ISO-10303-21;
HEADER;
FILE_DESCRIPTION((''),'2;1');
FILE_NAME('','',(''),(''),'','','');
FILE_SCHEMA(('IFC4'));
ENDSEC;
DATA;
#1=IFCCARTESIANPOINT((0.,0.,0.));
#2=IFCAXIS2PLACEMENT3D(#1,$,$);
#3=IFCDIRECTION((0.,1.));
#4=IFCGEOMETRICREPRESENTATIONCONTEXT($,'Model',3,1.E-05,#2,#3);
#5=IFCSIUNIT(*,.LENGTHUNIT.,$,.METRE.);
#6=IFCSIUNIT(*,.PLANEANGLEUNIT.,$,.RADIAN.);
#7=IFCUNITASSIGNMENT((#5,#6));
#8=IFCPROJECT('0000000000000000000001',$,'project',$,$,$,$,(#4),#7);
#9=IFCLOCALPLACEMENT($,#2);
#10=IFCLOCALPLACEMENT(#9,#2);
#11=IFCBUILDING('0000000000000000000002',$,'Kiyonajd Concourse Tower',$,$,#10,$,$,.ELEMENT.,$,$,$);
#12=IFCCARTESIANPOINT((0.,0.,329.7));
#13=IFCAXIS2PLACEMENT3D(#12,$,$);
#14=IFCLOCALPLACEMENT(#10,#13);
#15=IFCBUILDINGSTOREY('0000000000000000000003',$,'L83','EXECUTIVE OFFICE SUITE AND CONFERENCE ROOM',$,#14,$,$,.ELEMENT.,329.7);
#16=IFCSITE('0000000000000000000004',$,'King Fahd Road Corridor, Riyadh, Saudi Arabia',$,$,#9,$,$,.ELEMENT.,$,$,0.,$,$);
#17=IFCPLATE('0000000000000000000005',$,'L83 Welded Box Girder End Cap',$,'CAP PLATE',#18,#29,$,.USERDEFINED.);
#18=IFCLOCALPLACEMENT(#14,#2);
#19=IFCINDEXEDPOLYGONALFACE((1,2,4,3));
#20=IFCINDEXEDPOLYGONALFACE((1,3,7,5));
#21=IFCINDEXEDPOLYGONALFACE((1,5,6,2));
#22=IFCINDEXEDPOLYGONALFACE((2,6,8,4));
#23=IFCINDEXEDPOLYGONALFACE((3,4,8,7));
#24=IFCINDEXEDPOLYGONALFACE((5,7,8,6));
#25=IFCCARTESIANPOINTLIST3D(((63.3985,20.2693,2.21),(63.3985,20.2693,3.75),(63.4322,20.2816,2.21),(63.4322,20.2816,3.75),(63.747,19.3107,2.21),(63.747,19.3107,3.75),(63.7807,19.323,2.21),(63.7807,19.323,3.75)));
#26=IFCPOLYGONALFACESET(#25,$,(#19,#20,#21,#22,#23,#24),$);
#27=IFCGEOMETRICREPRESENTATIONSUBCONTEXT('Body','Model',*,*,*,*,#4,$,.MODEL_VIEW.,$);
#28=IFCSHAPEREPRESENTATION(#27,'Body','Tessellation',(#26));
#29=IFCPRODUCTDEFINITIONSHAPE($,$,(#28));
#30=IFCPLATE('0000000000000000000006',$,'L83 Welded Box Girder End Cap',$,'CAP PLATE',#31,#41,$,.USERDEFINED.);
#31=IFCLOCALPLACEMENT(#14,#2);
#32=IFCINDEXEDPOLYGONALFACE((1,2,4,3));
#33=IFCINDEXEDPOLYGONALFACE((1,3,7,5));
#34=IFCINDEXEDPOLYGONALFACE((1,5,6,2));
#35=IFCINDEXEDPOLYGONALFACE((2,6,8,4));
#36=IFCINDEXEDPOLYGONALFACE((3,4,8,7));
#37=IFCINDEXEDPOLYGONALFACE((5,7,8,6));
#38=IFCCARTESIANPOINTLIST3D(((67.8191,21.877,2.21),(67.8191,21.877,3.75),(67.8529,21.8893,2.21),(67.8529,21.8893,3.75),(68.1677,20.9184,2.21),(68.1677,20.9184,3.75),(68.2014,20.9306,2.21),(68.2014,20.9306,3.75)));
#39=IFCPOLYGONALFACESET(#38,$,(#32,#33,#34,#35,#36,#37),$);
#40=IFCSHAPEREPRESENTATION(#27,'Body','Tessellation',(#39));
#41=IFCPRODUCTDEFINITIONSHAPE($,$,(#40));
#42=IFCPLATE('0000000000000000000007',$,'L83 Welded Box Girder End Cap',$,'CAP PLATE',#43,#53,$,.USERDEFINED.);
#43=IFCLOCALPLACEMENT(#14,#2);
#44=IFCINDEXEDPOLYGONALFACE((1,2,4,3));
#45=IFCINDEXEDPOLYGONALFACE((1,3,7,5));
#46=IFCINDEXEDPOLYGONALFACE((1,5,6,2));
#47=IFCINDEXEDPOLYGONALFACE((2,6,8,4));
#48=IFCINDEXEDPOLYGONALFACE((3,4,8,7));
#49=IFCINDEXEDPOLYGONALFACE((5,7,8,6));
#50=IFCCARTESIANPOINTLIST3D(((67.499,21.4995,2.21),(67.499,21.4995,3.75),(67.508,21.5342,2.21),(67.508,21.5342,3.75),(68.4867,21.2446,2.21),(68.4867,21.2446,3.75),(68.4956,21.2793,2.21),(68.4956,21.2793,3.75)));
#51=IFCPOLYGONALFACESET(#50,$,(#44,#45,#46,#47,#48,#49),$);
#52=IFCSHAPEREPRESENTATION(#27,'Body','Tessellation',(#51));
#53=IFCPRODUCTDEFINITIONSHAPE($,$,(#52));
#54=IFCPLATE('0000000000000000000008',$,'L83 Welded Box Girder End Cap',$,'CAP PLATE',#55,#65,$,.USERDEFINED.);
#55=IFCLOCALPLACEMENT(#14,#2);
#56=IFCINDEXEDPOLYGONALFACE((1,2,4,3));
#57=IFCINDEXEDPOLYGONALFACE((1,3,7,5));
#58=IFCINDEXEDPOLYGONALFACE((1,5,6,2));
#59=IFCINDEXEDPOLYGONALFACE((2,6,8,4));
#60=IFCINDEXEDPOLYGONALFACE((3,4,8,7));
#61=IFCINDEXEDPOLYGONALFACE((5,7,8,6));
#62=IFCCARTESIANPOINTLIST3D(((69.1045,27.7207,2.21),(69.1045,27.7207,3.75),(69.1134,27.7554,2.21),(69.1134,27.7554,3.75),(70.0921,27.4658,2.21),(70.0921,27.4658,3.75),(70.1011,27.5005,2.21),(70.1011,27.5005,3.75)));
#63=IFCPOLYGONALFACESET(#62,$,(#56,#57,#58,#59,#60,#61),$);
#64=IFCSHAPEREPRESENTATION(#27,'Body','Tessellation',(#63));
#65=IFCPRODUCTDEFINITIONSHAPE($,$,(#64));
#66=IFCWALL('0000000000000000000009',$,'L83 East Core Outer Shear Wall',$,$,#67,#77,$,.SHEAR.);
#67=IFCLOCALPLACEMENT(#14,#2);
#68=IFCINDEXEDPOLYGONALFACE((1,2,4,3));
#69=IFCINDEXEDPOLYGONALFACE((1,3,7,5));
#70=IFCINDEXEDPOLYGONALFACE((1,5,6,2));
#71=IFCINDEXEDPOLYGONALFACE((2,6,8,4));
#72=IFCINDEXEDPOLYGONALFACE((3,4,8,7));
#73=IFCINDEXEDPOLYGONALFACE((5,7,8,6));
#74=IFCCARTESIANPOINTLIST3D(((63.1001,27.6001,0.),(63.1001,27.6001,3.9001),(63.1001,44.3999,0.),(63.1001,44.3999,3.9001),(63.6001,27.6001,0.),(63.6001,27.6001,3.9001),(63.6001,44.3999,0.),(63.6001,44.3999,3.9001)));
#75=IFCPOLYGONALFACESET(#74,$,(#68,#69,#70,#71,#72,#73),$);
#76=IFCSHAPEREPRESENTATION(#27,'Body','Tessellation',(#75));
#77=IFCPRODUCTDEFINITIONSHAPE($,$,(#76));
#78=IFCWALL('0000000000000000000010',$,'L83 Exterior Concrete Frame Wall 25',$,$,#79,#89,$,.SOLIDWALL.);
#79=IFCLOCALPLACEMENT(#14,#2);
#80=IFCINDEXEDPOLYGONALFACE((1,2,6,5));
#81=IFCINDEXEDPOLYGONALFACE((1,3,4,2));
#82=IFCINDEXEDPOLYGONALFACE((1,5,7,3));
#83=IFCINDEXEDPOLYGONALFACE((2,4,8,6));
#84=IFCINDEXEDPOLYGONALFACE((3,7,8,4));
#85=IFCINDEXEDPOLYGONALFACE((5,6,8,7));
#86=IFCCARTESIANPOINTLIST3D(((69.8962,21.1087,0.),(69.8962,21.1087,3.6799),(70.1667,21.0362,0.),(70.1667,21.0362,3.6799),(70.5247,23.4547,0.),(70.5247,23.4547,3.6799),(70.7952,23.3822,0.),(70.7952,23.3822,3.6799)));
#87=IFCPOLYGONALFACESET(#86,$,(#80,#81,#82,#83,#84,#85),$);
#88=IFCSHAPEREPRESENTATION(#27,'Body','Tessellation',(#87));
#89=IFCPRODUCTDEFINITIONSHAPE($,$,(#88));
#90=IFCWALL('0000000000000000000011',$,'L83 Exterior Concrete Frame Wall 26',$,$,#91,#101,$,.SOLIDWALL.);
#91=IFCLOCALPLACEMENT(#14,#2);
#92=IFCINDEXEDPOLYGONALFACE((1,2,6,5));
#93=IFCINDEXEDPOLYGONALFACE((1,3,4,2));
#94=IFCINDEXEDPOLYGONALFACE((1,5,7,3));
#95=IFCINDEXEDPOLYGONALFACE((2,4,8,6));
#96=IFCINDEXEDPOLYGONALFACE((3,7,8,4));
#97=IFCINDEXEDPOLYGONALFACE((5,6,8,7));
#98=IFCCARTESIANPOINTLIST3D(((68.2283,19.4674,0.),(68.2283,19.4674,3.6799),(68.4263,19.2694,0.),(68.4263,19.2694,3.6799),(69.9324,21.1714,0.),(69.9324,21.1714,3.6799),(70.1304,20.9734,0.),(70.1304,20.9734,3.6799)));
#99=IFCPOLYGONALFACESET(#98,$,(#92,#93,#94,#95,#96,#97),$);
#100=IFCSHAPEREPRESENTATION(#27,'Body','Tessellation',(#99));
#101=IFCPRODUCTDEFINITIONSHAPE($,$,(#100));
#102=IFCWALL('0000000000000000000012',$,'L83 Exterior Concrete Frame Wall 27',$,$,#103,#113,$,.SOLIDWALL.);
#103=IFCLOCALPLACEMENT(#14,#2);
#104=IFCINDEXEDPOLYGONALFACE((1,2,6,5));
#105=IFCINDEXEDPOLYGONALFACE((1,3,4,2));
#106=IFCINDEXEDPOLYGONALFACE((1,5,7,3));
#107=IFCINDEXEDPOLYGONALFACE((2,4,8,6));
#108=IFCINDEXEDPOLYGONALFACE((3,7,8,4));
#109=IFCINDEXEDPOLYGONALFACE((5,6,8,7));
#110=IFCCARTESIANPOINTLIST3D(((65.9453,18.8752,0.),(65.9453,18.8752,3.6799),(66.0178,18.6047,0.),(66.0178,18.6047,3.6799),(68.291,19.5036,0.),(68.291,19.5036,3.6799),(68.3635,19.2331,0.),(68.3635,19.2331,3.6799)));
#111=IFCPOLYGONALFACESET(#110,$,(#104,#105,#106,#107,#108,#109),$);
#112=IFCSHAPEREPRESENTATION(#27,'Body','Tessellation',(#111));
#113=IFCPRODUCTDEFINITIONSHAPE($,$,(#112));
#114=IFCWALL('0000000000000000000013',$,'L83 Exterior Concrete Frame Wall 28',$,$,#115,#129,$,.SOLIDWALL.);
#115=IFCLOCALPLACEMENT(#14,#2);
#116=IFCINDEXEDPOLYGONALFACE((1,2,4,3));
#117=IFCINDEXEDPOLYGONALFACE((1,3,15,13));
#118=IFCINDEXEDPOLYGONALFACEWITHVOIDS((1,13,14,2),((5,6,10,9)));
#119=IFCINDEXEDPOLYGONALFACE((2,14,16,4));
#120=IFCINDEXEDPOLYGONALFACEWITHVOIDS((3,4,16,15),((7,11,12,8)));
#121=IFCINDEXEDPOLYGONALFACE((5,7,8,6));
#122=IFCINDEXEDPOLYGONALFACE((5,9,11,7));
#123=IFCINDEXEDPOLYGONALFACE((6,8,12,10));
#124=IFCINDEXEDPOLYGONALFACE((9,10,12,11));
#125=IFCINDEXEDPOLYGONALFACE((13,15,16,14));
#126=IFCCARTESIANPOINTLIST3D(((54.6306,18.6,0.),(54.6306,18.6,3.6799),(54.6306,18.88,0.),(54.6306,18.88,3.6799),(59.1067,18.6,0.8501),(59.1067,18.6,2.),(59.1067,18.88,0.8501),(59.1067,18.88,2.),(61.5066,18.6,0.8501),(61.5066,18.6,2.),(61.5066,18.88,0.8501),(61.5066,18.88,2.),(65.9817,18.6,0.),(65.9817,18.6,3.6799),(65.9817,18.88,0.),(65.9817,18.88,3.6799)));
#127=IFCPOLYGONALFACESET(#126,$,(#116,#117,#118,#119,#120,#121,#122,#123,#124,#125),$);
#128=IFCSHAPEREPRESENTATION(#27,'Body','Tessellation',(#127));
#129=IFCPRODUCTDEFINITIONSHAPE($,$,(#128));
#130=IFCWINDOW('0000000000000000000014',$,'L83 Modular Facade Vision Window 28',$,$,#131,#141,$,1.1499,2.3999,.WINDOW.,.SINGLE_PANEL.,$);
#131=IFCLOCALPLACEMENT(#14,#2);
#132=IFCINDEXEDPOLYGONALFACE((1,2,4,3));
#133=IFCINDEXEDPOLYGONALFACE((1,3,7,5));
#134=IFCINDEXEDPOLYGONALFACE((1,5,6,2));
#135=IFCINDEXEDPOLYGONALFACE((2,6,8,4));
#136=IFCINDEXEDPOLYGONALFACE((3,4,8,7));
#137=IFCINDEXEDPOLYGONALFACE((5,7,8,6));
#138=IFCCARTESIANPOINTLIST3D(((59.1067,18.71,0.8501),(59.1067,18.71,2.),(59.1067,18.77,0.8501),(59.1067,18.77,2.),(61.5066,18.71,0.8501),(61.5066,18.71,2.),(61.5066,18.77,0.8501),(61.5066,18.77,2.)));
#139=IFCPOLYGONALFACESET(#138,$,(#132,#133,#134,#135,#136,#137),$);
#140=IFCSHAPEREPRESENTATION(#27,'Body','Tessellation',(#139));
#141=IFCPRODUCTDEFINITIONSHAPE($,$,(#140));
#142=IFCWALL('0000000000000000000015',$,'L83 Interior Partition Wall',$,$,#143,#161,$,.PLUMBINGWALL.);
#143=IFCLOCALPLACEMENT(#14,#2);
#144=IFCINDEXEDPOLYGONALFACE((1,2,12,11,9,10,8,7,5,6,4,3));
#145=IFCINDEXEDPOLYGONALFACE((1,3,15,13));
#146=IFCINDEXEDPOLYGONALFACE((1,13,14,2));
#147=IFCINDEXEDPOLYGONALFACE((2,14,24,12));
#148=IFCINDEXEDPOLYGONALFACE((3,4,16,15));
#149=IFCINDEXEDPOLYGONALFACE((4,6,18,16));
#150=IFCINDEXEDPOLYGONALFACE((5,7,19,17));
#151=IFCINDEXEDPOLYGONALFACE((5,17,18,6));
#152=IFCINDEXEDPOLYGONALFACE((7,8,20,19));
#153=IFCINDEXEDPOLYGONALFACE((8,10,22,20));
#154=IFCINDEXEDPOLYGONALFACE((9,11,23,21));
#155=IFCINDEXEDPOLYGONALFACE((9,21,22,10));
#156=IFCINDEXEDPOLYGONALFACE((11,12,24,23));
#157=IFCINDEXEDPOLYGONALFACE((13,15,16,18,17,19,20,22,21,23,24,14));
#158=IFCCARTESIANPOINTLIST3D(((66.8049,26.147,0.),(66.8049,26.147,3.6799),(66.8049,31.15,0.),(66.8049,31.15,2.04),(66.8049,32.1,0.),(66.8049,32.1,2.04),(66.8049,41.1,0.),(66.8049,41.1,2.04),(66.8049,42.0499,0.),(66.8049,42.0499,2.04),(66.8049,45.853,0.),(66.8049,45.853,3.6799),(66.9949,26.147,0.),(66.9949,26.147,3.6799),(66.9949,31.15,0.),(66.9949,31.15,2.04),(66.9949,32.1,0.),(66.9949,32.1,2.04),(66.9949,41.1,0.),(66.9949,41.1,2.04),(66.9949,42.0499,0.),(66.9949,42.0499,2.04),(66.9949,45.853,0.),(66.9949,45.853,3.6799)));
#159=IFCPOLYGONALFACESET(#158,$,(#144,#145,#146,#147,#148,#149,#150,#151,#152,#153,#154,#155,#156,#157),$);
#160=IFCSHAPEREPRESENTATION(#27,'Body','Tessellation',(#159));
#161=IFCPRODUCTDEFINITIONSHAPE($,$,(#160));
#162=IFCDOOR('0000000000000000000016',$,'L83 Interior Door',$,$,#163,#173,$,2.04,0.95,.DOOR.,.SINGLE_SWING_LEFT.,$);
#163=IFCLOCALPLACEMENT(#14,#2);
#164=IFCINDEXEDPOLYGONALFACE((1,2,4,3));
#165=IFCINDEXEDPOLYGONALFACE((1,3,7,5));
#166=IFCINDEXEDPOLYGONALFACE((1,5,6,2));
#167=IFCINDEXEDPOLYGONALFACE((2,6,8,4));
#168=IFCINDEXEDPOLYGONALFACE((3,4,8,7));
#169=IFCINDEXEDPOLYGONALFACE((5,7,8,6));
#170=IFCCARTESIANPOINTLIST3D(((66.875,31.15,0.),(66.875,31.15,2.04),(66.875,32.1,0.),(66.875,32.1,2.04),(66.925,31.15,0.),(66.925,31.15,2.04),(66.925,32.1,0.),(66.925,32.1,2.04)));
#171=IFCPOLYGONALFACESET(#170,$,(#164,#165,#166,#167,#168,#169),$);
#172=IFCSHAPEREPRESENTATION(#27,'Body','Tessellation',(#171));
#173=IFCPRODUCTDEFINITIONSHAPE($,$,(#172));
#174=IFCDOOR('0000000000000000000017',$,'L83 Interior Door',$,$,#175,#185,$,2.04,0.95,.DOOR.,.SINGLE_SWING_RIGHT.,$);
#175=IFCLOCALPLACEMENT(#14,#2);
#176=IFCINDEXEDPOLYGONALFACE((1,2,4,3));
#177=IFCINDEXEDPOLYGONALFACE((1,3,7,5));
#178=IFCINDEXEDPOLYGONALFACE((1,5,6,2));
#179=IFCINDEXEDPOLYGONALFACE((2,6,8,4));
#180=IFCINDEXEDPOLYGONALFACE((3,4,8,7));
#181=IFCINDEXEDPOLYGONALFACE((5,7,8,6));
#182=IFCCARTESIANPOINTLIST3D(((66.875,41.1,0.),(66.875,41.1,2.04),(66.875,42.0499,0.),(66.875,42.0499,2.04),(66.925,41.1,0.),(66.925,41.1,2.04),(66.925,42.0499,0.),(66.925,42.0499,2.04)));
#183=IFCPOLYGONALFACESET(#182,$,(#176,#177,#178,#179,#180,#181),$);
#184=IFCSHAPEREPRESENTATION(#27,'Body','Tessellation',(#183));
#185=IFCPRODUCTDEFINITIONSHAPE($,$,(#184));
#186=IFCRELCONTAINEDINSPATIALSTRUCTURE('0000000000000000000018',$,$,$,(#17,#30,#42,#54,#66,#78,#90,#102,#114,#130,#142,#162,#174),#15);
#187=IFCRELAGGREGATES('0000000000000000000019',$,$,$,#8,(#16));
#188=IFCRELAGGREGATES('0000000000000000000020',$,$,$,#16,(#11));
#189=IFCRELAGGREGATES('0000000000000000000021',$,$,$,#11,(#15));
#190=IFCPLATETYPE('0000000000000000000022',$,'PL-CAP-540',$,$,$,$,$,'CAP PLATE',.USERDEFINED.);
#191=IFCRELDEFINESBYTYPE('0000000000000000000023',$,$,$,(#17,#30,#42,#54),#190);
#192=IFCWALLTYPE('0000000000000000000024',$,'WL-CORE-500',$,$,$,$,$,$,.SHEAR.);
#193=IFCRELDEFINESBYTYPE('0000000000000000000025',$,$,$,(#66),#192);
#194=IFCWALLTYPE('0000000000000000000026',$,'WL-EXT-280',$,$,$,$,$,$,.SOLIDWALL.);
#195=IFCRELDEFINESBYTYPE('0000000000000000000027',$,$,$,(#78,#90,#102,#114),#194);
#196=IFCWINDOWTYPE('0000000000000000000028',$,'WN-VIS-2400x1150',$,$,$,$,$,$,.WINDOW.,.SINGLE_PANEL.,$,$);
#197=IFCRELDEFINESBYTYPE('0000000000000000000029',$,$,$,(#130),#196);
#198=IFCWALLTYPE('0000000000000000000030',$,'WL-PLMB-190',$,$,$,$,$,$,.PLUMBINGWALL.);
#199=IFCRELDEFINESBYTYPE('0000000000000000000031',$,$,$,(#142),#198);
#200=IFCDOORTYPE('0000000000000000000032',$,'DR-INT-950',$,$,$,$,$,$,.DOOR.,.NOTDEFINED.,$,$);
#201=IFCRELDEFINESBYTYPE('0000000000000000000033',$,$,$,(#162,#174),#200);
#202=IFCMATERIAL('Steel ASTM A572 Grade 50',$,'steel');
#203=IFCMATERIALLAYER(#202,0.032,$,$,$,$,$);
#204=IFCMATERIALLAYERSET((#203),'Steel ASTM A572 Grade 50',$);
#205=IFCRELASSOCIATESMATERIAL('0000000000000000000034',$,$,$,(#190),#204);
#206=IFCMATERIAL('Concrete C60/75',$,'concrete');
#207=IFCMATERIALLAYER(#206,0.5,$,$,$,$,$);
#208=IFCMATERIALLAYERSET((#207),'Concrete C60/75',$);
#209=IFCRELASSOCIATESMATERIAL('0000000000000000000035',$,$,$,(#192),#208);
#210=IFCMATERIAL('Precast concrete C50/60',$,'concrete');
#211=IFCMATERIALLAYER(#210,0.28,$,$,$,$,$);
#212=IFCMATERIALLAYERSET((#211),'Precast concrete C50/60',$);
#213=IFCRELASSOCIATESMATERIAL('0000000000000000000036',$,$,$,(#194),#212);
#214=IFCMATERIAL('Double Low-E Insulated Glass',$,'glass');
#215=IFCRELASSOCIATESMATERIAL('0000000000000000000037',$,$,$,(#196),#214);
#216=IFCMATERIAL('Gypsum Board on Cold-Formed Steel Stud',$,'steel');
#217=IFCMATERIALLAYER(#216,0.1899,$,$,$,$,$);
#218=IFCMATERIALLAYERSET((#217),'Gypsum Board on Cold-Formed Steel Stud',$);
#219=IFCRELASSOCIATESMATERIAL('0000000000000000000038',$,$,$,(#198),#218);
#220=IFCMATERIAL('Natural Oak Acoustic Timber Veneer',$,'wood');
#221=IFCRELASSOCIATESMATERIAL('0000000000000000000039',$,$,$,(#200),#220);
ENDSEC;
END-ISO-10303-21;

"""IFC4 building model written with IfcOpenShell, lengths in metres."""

from ifc_helpers import new_model, si_unit, direction, frame, frame_2d, origin, origin_2d, place, context, subcontext, project, spatial, rectangle, extrude, material, layer, layer_set, type_object, element, fill, save


model = new_model("IFC4")

# Units and contexts
model_context = context("Model", 3, precision=1e-05, world=origin(), true_north=direction((0.0, 1.0)))
body_context = subcontext(model_context, "Body", "Model", "MODEL_VIEW")
ifc_project = project(units=[si_unit("LENGTHUNIT", "METRE"), si_unit("PLANEANGLEUNIT", "RADIAN")], contexts=[model_context])

# Site, building, storey
site_placement = place(None, origin())
site = spatial("IfcSite", under=ifc_project, at=site_placement, Name="King Fahd Road Corridor, Riyadh, Saudi Arabia", CompositionType="ELEMENT", RefElevation=0.0)
building_placement = place(site_placement, origin())
building = spatial("IfcBuilding", under=site, at=building_placement, Name="Kiyonajd Concourse Tower", CompositionType="ELEMENT")
storey_placement = place(building_placement, frame((0.0, 0.0, 329.7)))
storey = spatial("IfcBuildingStorey", under=building, at=storey_placement, Name="L83", Description="EXECUTIVE OFFICE SUITE AND CONFERENCE ROOM", CompositionType="ELEMENT", Elevation=329.7)

# Shared definitions
ifc_material_1 = material(Name="Concrete C60/75", Category="concrete")

# Shared definitions
ifc_material_2 = material(Name="Steel ASTM A572 Grade 50", Category="steel")

# Plates
ifc_layer_1 = layer(ifc_material_2, 0.032)
ifc_layer_set_1 = layer_set([ifc_layer_1], Name="Steel ASTM A572 Grade 50")
plate_type = type_object("IfcPlateType", Name="PL-CAP-540", ElementType="CAP PLATE", PredefinedType="USERDEFINED", material=ifc_layer_set_1)
for number, where, z_axis, x_axis, name in (
    (1, (63.5896, 19.7961, 2.21), (0.0, 0.0, 1.0), (-0.939812, -0.341692, 0.0), "L83 Welded Box Girder End Cap"),
    (2, (68.0103, 21.4038, 2.21), (0.0, 0.0, 1.0), (0.939812, 0.341692, 0.0), "L83 Welded Box Girder End Cap"),
    (3, (67.9973, 21.3894, 2.21), (0.0, 0.0, 1.0), (-0.249873, -0.968279, 0.0), "L83 Welded Box Girder End Cap"),
    (4, (69.6028, 27.6106, 2.21), (0.0, 0.0, 1.0), (0.249873, 0.968279, 0.0), "L83 Welded Box Girder End Cap"),
):
    element("IfcPlate", number, at=place(storey_placement, frame(where, z_axis=z_axis, x_axis=x_axis)), inside=storey, type_object=plate_type, Name=name, ObjectType="CAP PLATE", PredefinedType="USERDEFINED", context=body_context, shape_type="SweptSolid", body=[
        extrude(rectangle(XDim=0.0359, YDim=1.02, at=origin_2d()), origin(), (0.0, 0.0, 1.0), 1.54),
    ])

# Walls
ifc_layer_2 = layer(ifc_material_1, 0.5)
ifc_layer_set_2 = layer_set([ifc_layer_2], Name="Concrete C60/75")
wall_type_1 = type_object("IfcWallType", Name="WL-CORE-500", PredefinedType="SHEAR", material=ifc_layer_set_2)
wall_1_placement = place(storey_placement, frame((63.3501, 27.6001, 0.0), z_axis=(0.0, 0.0, 1.0), x_axis=(0.0, 1.0, 0.0)))
element("IfcWall", 5, at=wall_1_placement, inside=storey, type_object=wall_type_1, Name="L83 East Core Outer Shear Wall", PredefinedType="SHEAR", context=body_context, shape_type="SweptSolid", body=[
    extrude(rectangle(XDim=16.7998, YDim=0.5, at=frame_2d((8.3999, 0.0))), origin(), (0.0, 0.0, 1.0), 3.9001),
])
ifc_material_3 = material(Name="Precast concrete C50/60", Category="concrete")
ifc_layer_3 = layer(ifc_material_3, 0.28)
ifc_layer_set_3 = layer_set([ifc_layer_3], Name="Precast concrete C50/60")
wall_type_2 = type_object("IfcWallType", Name="WL-EXT-280", PredefinedType="SOLIDWALL", material=ifc_layer_set_3)
wall_2_placement = place(storey_placement, frame((70.6599, 23.4185, 0.0), z_axis=(0.0, 0.0, 1.0), x_axis=(-0.258751, -0.965944, 0.0)))
element("IfcWall", 6, at=wall_2_placement, inside=storey, type_object=wall_type_2, Name="L83 Exterior Concrete Frame Wall 25", PredefinedType="SOLIDWALL", context=body_context, shape_type="SweptSolid", body=[
    extrude(rectangle(XDim=2.4287, YDim=0.28, at=frame_2d((1.2144, 0.0))), origin(), (0.0, 0.0, 1.0), 3.6799),
])
wall_3_placement = place(storey_placement, frame((70.0315, 21.0725, 0.0), z_axis=(0.0, 0.0, 1.0), x_axis=(-0.707107, -0.707107, 0.0)))
element("IfcWall", 7, at=wall_3_placement, inside=storey, type_object=wall_type_2, Name="L83 Exterior Concrete Frame Wall 26", PredefinedType="SOLIDWALL", context=body_context, shape_type="SweptSolid", body=[
    extrude(rectangle(XDim=2.4099, YDim=0.28, at=frame_2d((1.2051, 0.0))), origin(), (0.0, 0.0, 1.0), 3.6799),
])
wall_4_placement = place(storey_placement, frame((68.3274, 19.3684, 0.0), z_axis=(0.0, 0.0, 1.0), x_axis=(-0.965937, -0.258776, 0.0)))
element("IfcWall", 8, at=wall_4_placement, inside=storey, type_object=wall_type_2, Name="L83 Exterior Concrete Frame Wall 27", PredefinedType="SOLIDWALL", context=body_context, shape_type="SweptSolid", body=[
    extrude(rectangle(XDim=2.4285, YDim=0.28, at=frame_2d((1.2144, 0.0))), origin(), (0.0, 0.0, 1.0), 3.6799),
])

# Wall, opening, window
wall_5_placement = place(storey_placement, frame((65.9817, 18.74, 0.0), z_axis=(0.0, 0.0, 1.0), x_axis=(-1.0, 0.0, 0.0)))
wall_5 = element("IfcWall", 9, at=wall_5_placement, inside=storey, type_object=wall_type_2, Name="L83 Exterior Concrete Frame Wall 28", PredefinedType="SOLIDWALL", context=body_context, shape_type="SweptSolid", body=[
    extrude(rectangle(XDim=11.3511, YDim=0.28, at=frame_2d((5.6755, 0.0))), origin(), (0.0, 0.0, 1.0), 3.6799),
])
opening_1_placement = place(wall_5_placement, frame((4.4751, 0.0, 0.8501)))
opening_1 = element("IfcOpeningElement", 10, at=opening_1_placement, cuts=wall_5, PredefinedType="OPENING", context=body_context, shape_type="SweptSolid", body=[
    extrude(rectangle(XDim=2.3999, YDim=1.1499, at=frame_2d((1.2, 0.575))), frame((0.0, 0.1499, 0.0), z_axis=(0.0, -1.0, 0.0), x_axis=(1.0, 0.0, 0.0)), (0.0, 0.0, 1.0), 0.3),
])
ifc_material_4 = material(Name="Double Low-E Insulated Glass", Category="glass")
window_type = type_object("IfcWindowType", Name="WN-VIS-2400x1150", PartitioningType="SINGLE_PANEL", PredefinedType="WINDOW", material=ifc_material_4)
window_placement = place(opening_1_placement, origin())
window = element("IfcWindow", 11, at=window_placement, inside=storey, type_object=window_type, Name="L83 Modular Facade Vision Window 28", OverallHeight=1.1499, OverallWidth=2.3999, PartitioningType="SINGLE_PANEL", PredefinedType="WINDOW", context=body_context, shape_type="SweptSolid", body=[
    extrude(rectangle(XDim=2.3999, YDim=1.1499, at=frame_2d((1.2, 0.575))), frame((0.0, 0.03, 0.0), z_axis=(0.0, -1.0, 0.0), x_axis=(1.0, 0.0, 0.0)), (0.0, 0.0, 1.0), 0.0601),
])
fill(opening_1, window)

# Wall, openings, doors
ifc_material_5 = material(Name="Gypsum Board on Cold-Formed Steel Stud", Category="steel")
ifc_layer_4 = layer(ifc_material_5, 0.1899)
ifc_layer_set_4 = layer_set([ifc_layer_4], Name="Gypsum Board on Cold-Formed Steel Stud")
wall_type_3 = type_object("IfcWallType", Name="WL-PLMB-190", PredefinedType="PLUMBINGWALL", material=ifc_layer_set_4)
wall_6_placement = place(storey_placement, frame((66.8999, 26.147, 0.0), z_axis=(0.0, 0.0, 1.0), x_axis=(0.0, 1.0, 0.0)))
wall_6 = element("IfcWall", 12, at=wall_6_placement, inside=storey, type_object=wall_type_3, Name="L83 Interior Partition Wall", PredefinedType="PLUMBINGWALL", context=body_context, shape_type="SweptSolid", body=[
    extrude(rectangle(XDim=19.7061, YDim=0.1899, at=frame_2d((9.853, 0.0))), origin(), (0.0, 0.0, 1.0), 3.6799),
])
opening_2_placement = place(wall_6_placement, frame((5.0029, 0.0, 0.0)))
opening_2 = element("IfcOpeningElement", 13, at=opening_2_placement, cuts=wall_6, PredefinedType="OPENING", context=body_context, shape_type="SweptSolid", body=[
    extrude(rectangle(XDim=0.95, YDim=2.04, at=frame_2d((0.4751, 1.02))), frame((0.0, 0.105, 0.0), z_axis=(0.0, -1.0, 0.0), x_axis=(1.0, 0.0, 0.0)), (0.0, 0.0, 1.0), 0.21),
])
opening_3_placement = place(wall_6_placement, frame((14.9529, 0.0, 0.0)))
opening_3 = element("IfcOpeningElement", 14, at=opening_3_placement, cuts=wall_6, PredefinedType="OPENING", context=body_context, shape_type="SweptSolid", body=[
    extrude(rectangle(XDim=0.95, YDim=2.04, at=frame_2d((0.4751, 1.02))), frame((0.0, 0.105, 0.0), z_axis=(0.0, -1.0, 0.0), x_axis=(1.0, 0.0, 0.0)), (0.0, 0.0, 1.0), 0.21),
])
ifc_material_6 = material(Name="Natural Oak Acoustic Timber Veneer", Category="wood")
door_type_1 = type_object("IfcDoorType", Name="DR-INT-950", OperationType="NOTDEFINED", PredefinedType="DOOR", material=ifc_material_6)
door_1_placement = place(opening_2_placement, origin())
door_1 = element("IfcDoor", 15, at=door_1_placement, inside=storey, type_object=door_type_1, Name="L83 Interior Door", OperationType="SINGLE_SWING_LEFT", OverallHeight=2.04, OverallWidth=0.95, PredefinedType="DOOR", context=body_context, shape_type="SweptSolid", body=[
    extrude(rectangle(XDim=0.95, YDim=2.04, at=frame_2d((0.4751, 1.02))), frame((0.0, 0.0249, 0.0), z_axis=(0.0, -1.0, 0.0), x_axis=(1.0, 0.0, 0.0)), (0.0, 0.0, 1.0), 0.05),
])
fill(opening_2, door_1)
door_2_placement = place(opening_3_placement, origin())
door_2 = element("IfcDoor", 16, at=door_2_placement, inside=storey, type_object=door_type_1, Name="L83 Interior Door", OperationType="SINGLE_SWING_RIGHT", OverallHeight=2.04, OverallWidth=0.95, PredefinedType="DOOR", context=body_context, shape_type="SweptSolid", body=[
    extrude(rectangle(XDim=0.95, YDim=2.04, at=frame_2d((0.4751, 1.02))), frame((0.0, 0.0249, 0.0), z_axis=(0.0, -1.0, 0.0), x_axis=(1.0, 0.0, 0.0)), (0.0, 0.0, 1.0), 0.05),
])
fill(opening_3, door_2)

save(model, "model.ifc")
